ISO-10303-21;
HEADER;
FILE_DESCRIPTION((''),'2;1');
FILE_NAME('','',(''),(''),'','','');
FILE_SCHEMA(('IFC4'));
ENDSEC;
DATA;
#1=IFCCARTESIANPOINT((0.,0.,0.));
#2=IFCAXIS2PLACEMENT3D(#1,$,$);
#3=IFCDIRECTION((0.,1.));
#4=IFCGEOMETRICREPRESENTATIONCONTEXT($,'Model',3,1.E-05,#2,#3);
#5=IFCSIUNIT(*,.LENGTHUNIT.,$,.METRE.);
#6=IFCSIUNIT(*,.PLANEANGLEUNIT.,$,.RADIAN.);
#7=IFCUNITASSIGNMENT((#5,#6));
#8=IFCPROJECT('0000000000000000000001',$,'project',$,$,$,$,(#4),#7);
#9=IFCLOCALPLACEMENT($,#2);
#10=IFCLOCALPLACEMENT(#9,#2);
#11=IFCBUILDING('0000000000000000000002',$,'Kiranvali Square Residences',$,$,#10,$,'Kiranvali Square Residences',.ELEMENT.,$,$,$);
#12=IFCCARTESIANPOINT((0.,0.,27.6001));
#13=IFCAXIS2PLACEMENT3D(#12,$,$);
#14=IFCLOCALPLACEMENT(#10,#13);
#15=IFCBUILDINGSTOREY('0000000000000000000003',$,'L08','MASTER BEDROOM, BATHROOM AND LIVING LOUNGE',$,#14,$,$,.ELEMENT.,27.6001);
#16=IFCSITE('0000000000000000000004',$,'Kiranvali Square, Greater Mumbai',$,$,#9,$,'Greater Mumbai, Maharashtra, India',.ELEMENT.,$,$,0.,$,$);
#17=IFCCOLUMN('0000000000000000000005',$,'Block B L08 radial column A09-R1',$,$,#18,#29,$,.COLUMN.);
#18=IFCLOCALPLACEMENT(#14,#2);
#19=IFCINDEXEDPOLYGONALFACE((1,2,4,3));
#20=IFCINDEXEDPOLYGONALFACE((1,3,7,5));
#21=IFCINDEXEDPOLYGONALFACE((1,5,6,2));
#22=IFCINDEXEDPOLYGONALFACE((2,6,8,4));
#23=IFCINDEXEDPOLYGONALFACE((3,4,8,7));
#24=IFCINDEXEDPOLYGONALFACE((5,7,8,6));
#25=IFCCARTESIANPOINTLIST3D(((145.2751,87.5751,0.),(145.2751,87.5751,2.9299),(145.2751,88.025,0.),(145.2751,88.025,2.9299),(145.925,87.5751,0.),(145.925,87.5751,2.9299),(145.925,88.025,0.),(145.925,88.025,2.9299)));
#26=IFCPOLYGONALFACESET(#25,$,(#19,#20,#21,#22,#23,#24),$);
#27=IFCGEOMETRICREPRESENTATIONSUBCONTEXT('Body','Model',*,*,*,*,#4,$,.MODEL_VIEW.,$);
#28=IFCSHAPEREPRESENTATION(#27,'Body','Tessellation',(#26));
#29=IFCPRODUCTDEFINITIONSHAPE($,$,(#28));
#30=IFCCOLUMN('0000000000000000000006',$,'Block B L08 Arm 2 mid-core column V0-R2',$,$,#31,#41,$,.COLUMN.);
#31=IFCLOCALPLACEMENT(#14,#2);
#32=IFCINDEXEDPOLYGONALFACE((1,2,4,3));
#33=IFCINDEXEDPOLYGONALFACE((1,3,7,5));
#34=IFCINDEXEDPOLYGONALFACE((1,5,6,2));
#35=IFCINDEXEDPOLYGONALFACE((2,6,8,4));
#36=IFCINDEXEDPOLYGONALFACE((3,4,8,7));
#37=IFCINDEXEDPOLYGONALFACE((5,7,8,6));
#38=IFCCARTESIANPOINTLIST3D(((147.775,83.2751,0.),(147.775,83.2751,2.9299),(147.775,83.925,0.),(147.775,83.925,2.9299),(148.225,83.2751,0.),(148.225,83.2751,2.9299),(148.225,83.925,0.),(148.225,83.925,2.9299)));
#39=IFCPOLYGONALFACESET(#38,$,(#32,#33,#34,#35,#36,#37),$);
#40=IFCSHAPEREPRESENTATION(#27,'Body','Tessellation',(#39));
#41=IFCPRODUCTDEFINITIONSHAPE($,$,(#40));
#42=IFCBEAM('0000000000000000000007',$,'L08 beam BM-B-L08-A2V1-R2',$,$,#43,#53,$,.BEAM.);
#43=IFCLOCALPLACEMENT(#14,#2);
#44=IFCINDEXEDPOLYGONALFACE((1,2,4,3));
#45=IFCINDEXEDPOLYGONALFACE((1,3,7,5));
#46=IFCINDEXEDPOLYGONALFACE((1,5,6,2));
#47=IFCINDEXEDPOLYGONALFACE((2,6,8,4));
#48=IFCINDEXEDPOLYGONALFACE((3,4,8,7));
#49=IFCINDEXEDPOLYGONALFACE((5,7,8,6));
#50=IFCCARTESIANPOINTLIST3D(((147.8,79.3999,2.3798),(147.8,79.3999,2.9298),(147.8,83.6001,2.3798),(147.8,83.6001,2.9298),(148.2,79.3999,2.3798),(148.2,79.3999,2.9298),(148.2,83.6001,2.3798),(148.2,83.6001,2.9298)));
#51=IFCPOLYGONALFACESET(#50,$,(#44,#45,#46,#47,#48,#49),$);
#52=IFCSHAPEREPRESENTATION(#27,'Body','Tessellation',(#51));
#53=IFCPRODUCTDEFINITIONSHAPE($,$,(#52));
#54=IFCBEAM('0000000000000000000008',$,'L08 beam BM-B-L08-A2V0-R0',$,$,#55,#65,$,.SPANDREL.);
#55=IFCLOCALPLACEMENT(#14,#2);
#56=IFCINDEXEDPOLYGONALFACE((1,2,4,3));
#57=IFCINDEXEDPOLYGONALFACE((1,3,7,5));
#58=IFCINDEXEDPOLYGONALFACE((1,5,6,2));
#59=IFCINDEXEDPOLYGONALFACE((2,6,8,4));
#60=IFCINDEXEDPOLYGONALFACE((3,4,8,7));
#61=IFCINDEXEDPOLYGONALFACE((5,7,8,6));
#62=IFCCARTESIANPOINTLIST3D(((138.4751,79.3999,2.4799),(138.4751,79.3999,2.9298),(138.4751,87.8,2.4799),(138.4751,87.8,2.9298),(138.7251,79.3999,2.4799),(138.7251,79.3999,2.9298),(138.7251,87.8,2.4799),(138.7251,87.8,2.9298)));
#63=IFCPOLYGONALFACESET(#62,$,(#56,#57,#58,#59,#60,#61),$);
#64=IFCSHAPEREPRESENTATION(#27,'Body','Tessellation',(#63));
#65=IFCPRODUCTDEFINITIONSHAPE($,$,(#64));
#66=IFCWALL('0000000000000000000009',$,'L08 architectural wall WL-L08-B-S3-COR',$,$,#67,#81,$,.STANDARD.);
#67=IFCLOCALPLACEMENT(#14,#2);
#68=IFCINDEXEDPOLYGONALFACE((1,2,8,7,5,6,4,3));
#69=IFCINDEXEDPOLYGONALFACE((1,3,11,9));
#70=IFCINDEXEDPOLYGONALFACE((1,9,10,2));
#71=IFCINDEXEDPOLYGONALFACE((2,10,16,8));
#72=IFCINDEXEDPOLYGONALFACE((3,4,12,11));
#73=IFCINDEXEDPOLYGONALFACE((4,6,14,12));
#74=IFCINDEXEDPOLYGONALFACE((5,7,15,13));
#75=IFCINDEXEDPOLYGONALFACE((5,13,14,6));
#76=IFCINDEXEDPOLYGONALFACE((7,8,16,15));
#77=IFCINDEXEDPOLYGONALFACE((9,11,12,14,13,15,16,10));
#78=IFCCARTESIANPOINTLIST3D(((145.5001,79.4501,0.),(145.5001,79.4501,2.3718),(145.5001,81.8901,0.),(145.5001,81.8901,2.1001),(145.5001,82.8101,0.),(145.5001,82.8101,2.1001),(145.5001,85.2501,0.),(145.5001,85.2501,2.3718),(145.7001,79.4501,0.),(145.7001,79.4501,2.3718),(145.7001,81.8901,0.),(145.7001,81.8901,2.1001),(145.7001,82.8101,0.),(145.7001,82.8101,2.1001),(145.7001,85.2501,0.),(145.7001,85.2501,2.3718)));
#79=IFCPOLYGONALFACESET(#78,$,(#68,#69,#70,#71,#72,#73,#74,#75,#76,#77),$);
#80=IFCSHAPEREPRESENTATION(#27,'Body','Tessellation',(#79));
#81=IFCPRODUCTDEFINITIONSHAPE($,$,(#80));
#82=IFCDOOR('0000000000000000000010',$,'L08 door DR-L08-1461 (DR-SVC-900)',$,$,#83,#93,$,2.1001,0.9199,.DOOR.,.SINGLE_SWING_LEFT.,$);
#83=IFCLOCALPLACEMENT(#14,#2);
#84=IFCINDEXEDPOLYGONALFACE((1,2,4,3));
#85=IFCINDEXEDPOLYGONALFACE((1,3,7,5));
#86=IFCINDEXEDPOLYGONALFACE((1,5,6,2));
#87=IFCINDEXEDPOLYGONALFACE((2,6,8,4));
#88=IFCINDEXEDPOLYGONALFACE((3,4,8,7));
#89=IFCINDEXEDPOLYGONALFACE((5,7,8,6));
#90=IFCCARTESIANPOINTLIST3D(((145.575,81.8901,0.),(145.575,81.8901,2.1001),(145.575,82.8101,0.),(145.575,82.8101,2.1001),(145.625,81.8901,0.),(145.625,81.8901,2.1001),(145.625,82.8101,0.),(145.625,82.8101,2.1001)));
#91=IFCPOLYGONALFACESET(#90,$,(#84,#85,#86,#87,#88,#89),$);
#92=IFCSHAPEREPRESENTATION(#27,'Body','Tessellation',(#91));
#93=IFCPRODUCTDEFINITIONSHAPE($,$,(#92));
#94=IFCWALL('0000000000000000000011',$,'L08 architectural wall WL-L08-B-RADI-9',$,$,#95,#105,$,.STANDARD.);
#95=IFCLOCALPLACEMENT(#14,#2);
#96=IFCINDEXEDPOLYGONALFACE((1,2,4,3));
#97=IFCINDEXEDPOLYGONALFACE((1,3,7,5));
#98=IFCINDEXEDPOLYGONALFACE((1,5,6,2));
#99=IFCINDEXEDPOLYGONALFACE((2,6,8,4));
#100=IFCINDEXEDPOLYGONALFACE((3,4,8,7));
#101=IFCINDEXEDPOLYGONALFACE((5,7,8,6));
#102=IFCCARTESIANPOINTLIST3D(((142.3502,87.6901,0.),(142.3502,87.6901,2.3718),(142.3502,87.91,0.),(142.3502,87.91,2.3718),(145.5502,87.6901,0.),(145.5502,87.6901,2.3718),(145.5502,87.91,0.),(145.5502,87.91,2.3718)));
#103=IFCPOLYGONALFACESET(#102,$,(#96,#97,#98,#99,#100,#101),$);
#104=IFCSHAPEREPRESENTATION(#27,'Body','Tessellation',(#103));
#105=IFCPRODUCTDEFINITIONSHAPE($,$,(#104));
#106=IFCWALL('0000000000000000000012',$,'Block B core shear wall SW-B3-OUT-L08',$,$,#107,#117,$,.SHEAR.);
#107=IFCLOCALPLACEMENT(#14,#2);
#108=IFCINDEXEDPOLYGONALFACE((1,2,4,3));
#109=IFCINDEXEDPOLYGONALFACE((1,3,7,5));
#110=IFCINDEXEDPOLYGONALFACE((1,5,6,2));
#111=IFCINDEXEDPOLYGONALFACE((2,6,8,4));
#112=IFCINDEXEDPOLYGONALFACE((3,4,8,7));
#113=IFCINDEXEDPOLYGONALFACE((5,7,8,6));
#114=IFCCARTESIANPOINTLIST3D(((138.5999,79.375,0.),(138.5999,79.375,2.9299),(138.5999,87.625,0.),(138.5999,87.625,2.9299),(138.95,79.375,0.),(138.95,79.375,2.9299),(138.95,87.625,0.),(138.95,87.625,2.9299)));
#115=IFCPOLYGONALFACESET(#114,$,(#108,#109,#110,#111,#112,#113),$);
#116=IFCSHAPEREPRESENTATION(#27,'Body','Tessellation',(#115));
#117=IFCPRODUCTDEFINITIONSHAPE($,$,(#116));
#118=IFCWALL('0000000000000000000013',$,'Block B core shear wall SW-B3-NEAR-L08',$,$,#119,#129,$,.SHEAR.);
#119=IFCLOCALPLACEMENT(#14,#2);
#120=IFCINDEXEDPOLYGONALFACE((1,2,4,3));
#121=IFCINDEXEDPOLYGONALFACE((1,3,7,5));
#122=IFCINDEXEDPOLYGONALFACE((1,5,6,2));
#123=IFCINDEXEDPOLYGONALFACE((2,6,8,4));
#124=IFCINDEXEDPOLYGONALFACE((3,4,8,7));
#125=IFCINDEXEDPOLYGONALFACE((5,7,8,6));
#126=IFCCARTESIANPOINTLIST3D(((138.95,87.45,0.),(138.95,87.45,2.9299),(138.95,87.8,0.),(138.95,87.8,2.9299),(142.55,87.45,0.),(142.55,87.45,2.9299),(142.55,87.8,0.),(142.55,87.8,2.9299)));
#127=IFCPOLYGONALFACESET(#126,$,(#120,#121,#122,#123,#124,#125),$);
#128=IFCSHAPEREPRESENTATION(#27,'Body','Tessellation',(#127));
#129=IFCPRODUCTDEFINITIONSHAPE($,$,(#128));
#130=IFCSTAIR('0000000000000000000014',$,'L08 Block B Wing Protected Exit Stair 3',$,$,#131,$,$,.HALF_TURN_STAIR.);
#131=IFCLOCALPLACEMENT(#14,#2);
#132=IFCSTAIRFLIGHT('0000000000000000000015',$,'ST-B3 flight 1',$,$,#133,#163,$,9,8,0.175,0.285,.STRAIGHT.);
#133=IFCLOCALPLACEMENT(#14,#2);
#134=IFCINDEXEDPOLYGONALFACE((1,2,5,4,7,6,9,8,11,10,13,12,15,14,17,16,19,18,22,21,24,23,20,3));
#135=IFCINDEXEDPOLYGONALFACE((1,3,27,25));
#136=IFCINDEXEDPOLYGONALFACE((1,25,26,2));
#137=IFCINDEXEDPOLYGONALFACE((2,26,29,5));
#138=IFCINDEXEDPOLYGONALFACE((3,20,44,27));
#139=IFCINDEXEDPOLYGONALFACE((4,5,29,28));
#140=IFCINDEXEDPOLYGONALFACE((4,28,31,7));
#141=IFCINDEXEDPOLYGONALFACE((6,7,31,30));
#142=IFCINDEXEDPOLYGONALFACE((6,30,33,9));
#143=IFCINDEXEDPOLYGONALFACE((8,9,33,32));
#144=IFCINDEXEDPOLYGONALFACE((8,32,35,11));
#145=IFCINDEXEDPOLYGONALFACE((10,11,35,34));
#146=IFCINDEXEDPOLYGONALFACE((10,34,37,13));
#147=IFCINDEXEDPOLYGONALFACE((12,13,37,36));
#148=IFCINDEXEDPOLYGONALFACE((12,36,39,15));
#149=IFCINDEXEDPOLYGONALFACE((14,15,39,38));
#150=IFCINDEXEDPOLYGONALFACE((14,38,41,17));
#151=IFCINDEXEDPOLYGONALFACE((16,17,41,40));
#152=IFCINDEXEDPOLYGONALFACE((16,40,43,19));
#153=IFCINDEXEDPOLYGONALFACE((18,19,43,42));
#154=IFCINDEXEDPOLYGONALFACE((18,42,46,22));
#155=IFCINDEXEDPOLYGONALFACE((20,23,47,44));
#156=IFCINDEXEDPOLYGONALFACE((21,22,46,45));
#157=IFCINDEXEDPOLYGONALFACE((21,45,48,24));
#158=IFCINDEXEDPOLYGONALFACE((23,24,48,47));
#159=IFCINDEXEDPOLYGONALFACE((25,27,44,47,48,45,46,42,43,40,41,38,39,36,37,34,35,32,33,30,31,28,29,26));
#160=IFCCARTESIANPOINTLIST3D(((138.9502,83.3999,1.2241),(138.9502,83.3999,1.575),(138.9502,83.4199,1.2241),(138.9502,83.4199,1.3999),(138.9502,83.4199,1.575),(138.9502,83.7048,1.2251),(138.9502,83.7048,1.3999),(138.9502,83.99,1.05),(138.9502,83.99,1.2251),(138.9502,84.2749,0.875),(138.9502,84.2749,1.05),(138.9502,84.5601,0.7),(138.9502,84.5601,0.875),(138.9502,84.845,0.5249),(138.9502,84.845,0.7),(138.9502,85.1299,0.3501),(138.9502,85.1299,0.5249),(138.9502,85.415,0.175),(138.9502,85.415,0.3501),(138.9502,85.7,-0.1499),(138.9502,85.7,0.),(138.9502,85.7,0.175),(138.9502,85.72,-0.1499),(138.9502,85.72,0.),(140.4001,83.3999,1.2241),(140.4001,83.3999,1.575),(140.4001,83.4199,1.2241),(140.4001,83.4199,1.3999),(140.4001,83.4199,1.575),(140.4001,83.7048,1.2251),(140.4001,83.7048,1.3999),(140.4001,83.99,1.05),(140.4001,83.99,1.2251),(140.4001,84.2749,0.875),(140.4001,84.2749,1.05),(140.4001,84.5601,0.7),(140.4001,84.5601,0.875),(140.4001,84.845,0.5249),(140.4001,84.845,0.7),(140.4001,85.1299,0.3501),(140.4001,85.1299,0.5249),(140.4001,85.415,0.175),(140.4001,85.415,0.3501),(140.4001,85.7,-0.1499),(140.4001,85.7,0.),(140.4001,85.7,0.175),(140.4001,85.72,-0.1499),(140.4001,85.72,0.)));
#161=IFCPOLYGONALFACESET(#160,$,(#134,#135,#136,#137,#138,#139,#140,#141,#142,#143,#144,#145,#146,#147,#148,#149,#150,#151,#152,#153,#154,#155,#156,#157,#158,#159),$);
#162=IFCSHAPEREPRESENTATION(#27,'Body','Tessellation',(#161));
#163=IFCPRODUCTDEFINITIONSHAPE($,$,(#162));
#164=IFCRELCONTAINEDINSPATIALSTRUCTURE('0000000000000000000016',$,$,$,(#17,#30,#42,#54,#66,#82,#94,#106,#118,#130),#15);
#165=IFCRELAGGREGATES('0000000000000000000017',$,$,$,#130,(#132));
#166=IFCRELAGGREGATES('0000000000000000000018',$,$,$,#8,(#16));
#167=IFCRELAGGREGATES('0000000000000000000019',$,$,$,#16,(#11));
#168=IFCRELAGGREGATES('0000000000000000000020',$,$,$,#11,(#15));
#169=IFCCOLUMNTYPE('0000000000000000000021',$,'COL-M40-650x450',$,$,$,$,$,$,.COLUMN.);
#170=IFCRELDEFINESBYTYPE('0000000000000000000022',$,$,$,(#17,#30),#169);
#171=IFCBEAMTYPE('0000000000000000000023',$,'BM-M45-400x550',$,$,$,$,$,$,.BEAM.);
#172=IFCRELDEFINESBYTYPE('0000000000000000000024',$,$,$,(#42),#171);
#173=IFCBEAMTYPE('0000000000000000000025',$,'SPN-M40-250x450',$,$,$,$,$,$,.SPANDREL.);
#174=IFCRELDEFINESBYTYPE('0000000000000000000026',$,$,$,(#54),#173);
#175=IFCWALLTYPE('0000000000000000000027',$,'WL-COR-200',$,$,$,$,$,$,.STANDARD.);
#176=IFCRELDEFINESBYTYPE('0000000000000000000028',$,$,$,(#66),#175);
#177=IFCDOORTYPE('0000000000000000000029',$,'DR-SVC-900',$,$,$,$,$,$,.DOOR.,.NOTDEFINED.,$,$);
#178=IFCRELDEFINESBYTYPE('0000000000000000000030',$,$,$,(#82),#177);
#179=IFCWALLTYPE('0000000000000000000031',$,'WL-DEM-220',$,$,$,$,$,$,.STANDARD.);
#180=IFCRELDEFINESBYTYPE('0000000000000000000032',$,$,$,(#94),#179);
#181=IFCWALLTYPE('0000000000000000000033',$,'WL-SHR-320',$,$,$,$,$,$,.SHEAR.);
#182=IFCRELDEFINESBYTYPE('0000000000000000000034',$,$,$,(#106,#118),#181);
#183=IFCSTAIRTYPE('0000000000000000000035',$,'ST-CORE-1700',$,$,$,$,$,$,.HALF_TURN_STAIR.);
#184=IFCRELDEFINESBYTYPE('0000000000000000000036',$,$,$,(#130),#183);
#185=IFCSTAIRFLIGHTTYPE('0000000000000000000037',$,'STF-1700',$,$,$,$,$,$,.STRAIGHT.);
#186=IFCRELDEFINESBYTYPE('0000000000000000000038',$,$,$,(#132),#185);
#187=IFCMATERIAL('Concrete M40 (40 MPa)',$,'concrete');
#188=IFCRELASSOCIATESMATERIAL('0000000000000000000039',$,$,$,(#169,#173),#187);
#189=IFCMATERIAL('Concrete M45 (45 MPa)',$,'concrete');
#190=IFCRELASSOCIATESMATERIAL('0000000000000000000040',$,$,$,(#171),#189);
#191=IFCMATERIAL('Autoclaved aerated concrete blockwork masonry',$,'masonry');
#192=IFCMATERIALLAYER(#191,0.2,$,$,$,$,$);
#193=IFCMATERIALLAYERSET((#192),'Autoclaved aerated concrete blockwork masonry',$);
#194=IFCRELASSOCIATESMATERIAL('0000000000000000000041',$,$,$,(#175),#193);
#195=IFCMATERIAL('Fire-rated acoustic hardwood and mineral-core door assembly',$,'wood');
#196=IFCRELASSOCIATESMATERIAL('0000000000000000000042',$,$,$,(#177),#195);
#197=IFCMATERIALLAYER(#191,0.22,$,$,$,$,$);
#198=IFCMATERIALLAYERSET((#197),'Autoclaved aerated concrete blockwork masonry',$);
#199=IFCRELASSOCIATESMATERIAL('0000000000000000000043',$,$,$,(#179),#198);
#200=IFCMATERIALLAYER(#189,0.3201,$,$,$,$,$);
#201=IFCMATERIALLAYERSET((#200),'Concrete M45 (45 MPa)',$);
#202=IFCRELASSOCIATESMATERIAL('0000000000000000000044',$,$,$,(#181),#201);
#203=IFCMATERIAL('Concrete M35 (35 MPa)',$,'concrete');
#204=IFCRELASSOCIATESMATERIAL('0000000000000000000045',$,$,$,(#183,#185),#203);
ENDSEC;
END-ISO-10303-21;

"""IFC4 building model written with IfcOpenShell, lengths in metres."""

from ifc_helpers import new_model, si_unit, direction, frame, frame_2d, origin, origin_2d, place, context, subcontext, project, spatial, polyline, rectangle, outline, extrude, material, layer, layer_set, material_profile, profile_set, type_object, element, fill, aggregate, save


model = new_model("IFC4")

# Units and contexts
model_context = context("Model", 3, precision=1e-05, world=origin(), true_north=direction((0.0, 1.0)))
body_context = subcontext(model_context, "Body", "Model", "MODEL_VIEW")
ifc_project = project(units=[si_unit("LENGTHUNIT", "METRE"), si_unit("PLANEANGLEUNIT", "RADIAN")], contexts=[model_context])

# Site, building, storey
site_placement = place(None, origin())
site = spatial("IfcSite", under=ifc_project, at=site_placement, Name="Kiranvali Square, Greater Mumbai", LongName="Greater Mumbai, Maharashtra, India", CompositionType="ELEMENT", RefElevation=0.0)
building_placement = place(site_placement, origin())
building = spatial("IfcBuilding", under=site, at=building_placement, Name="Kiranvali Square Residences", LongName="Kiranvali Square Residences", CompositionType="ELEMENT")
storey_placement = place(building_placement, frame((0.0, 0.0, 27.6001)))
storey = spatial("IfcBuildingStorey", under=building, at=storey_placement, Name="L08", Description="MASTER BEDROOM, BATHROOM AND LIVING LOUNGE", CompositionType="ELEMENT", Elevation=27.6001)

# Columns
ifc_material_1 = material(Name="Concrete M40 (40 MPa)", Category="concrete")
ifc_material_profile_1 = material_profile(ifc_material_1, rectangle(XDim=0.45, YDim=0.6499, at=origin_2d()), Name="RC 650x450")
ifc_profile_set_1 = profile_set([ifc_material_profile_1], Name="Concrete M40 (40 MPa)")
column_type = type_object("IfcColumnType", Name="COL-M40-650x450", PredefinedType="COLUMN", material=ifc_profile_set_1)
for number, where, z_axis, x_axis, name in (
    (1, (145.6001, 87.8, 0.0), (0.0, 0.0, 1.0), (0.0, 1.0, 0.0), "Block B L08 radial column A09-R1"),
    (2, (148.0, 83.6001, 0.0), (0.0, 0.0, 1.0), (1.0, 0.0, 0.0), "Block B L08 Arm 2 mid-core column V0-R2"),
):
    element("IfcColumn", number, at=place(storey_placement, frame(where, z_axis=z_axis, x_axis=x_axis)), inside=storey, type_object=column_type, Name=name, PredefinedType="COLUMN", context=body_context, shape_type="SweptSolid", body=[
        extrude(rectangle(XDim=0.45, YDim=0.6499, at=origin_2d()), origin(), (0.0, 0.0, 1.0), 2.9299),
    ])

# Beams
ifc_material_2 = material(Name="Concrete M45 (45 MPa)", Category="concrete")
ifc_material_profile_2 = material_profile(ifc_material_2, rectangle(XDim=0.3999, YDim=0.55, at=origin_2d()), Name="RC 400x550")
ifc_profile_set_2 = profile_set([ifc_material_profile_2], Name="Concrete M45 (45 MPa)")
beam_type_1 = type_object("IfcBeamType", Name="BM-M45-400x550", PredefinedType="BEAM", material=ifc_profile_set_2)
beam_1_placement = place(storey_placement, frame((148.0, 83.6001, 2.6548), z_axis=(0.0, -1.0, 0.0), x_axis=(1.0, 0.0, 0.0)))
element("IfcBeam", 3, at=beam_1_placement, inside=storey, type_object=beam_type_1, Name="L08 beam BM-B-L08-A2V1-R2", PredefinedType="BEAM", context=body_context, shape_type="SweptSolid", body=[
    extrude(rectangle(XDim=0.3999, YDim=0.55, at=origin_2d()), origin(), (0.0, 0.0, 1.0), 4.2002),
])
ifc_material_profile_3 = material_profile(ifc_material_1, rectangle(XDim=0.25, YDim=0.45, at=origin_2d()), Name="RC 250x450")
ifc_profile_set_3 = profile_set([ifc_material_profile_3], Name="Concrete M40 (40 MPa)")
beam_type_2 = type_object("IfcBeamType", Name="SPN-M40-250x450", PredefinedType="SPANDREL", material=ifc_profile_set_3)
beam_2_placement = place(storey_placement, frame((138.6001, 87.8, 2.7048), z_axis=(0.0, -1.0, 0.0), x_axis=(1.0, 0.0, 0.0)))
element("IfcBeam", 4, at=beam_2_placement, inside=storey, type_object=beam_type_2, Name="L08 beam BM-B-L08-A2V0-R0", PredefinedType="SPANDREL", context=body_context, shape_type="SweptSolid", body=[
    extrude(rectangle(XDim=0.25, YDim=0.45, at=origin_2d()), origin(), (0.0, 0.0, 1.0), 8.4001),
])

# Wall, opening, door
ifc_material_3 = material(Name="Autoclaved aerated concrete blockwork masonry", Category="masonry")
ifc_layer_1 = layer(ifc_material_3, 0.2)
ifc_layer_set_1 = layer_set([ifc_layer_1], Name="Autoclaved aerated concrete blockwork masonry")
wall_type_1 = type_object("IfcWallType", Name="WL-COR-200", PredefinedType="STANDARD", material=ifc_layer_set_1)
ifc_material_4 = material(Name="Fire-rated acoustic hardwood and mineral-core door assembly", Category="wood")
wall_1_placement = place(storey_placement, frame((145.6001, 85.25, 0.0), z_axis=(0.0, 0.0, 1.0), x_axis=(0.0, -1.0, 0.0)))
wall_1 = element("IfcWall", 5, at=wall_1_placement, inside=storey, type_object=wall_type_1, Name="L08 architectural wall WL-L08-B-S3-COR", PredefinedType="STANDARD", context=body_context, shape_type="SweptSolid", body=[
    extrude(rectangle(XDim=5.8, YDim=0.2, at=frame_2d((2.8999, 0.0))), origin(), (0.0, 0.0, 1.0), 2.3718),
])
opening_1_placement = place(wall_1_placement, frame((2.4399, 0.0, 0.0)))
opening_1 = element("IfcOpeningElement", 6, at=opening_1_placement, cuts=wall_1, PredefinedType="OPENING", context=body_context, shape_type="SweptSolid", body=[
    extrude(rectangle(XDim=0.9199, YDim=2.1001, at=frame_2d((0.46, 1.05))), frame((0.0, 0.1099, 0.0), z_axis=(0.0, -1.0, 0.0), x_axis=(1.0, 0.0, 0.0)), (0.0, 0.0, 1.0), 0.22),
])
door_type_1 = type_object("IfcDoorType", Name="DR-SVC-900", OperationType="NOTDEFINED", PredefinedType="DOOR", material=ifc_material_4)
door_1_placement = place(opening_1_placement, origin())
door_1 = element("IfcDoor", 7, at=door_1_placement, inside=storey, type_object=door_type_1, Name="L08 door DR-L08-1461 (DR-SVC-900)", OperationType="SINGLE_SWING_LEFT", OverallHeight=2.1001, OverallWidth=0.9199, PredefinedType="DOOR", context=body_context, shape_type="SweptSolid", body=[
    extrude(rectangle(XDim=0.9199, YDim=2.1001, at=frame_2d((0.46, 1.05))), frame((0.0, 0.0249, 0.0), z_axis=(0.0, -1.0, 0.0), x_axis=(1.0, 0.0, 0.0)), (0.0, 0.0, 1.0), 0.05),
])
fill(opening_1, door_1)

# Walls
ifc_layer_2 = layer(ifc_material_3, 0.22)
ifc_layer_set_2 = layer_set([ifc_layer_2], Name="Autoclaved aerated concrete blockwork masonry")
wall_type_2 = type_object("IfcWallType", Name="WL-DEM-220", PredefinedType="STANDARD", material=ifc_layer_set_2)
wall_2_placement = place(storey_placement, frame((142.3501, 87.8, 0.0), z_axis=(0.0, 0.0, 1.0), x_axis=(1.0, 0.0, 0.0)))
element("IfcWall", 8, at=wall_2_placement, inside=storey, type_object=wall_type_2, Name="L08 architectural wall WL-L08-B-RADI-9", PredefinedType="STANDARD", context=body_context, shape_type="SweptSolid", body=[
    extrude(rectangle(XDim=3.2, YDim=0.22, at=frame_2d((1.6001, 0.0))), origin(), (0.0, 0.0, 1.0), 2.3718),
])
ifc_layer_3 = layer(ifc_material_2, 0.3201)
ifc_layer_set_3 = layer_set([ifc_layer_3], Name="Concrete M45 (45 MPa)")
wall_type_3 = type_object("IfcWallType", Name="WL-SHR-320", PredefinedType="SHEAR", material=ifc_layer_set_3)
wall_3_placement = place(storey_placement, frame((138.7749, 87.625, 0.0), z_axis=(0.0, 0.0, 1.0), x_axis=(0.0, -1.0, 0.0)))
element("IfcWall", 9, at=wall_3_placement, inside=storey, type_object=wall_type_3, Name="Block B core shear wall SW-B3-OUT-L08", PredefinedType="SHEAR", context=body_context, shape_type="SweptSolid", body=[
    extrude(rectangle(XDim=8.25, YDim=0.3501, at=frame_2d((4.125, 0.0))), origin(), (0.0, 0.0, 1.0), 2.9299),
])

# Wall
wall_4_placement = place(storey_placement, frame((138.95, 87.625, 0.0), z_axis=(0.0, 0.0, 1.0), x_axis=(1.0, 0.0, 0.0)))
element("IfcWall", 10, at=wall_4_placement, inside=storey, type_object=wall_type_3, Name="Block B core shear wall SW-B3-NEAR-L08", PredefinedType="SHEAR", context=body_context, shape_type="SweptSolid", body=[
    extrude(rectangle(XDim=3.6001, YDim=0.3501, at=frame_2d((1.8, 0.0))), origin(), (0.0, 0.0, 1.0), 2.9299),
])

# Stair, stair flight
ifc_material_5 = material(Name="Concrete M35 (35 MPa)", Category="concrete")
stair_type = type_object("IfcStairType", Name="ST-CORE-1700", PredefinedType="HALF_TURN_STAIR", material=ifc_material_5)
stair_placement = place(storey_placement, origin())
stair = element("IfcStair", 11, at=stair_placement, inside=storey, type_object=stair_type, Name="L08 Block B Wing Protected Exit Stair 3", PredefinedType="HALF_TURN_STAIR")
stair_flight_type = type_object("IfcStairFlightType", Name="STF-1700", PredefinedType="STRAIGHT", material=ifc_material_5)
stair_flight_1_placement = place(storey_placement, frame((139.675, 85.7, 0.0), z_axis=(0.0, 0.0, 1.0), x_axis=(0.0, -1.0, 0.0)))
stair_flight_1 = element("IfcStairFlight", 12, at=stair_flight_1_placement, type_object=stair_flight_type, Name="ST-B3 flight 1", NumberOfRisers=9, NumberOfTreads=8, PredefinedType="STRAIGHT", RiserHeight=0.175, TreadLength=0.285, context=body_context, shape_type="SweptSolid", body=[
    extrude(outline(polyline([(-0.02, -0.1499), (-0.02, 0.0), (0.0, 0.0), (0.0, 0.175), (0.2849, 0.175), (0.2849, 0.3501), (0.5701, 0.3501), (0.5701, 0.5249), (0.855, 0.5249), (0.855, 0.7), (1.1399, 0.7), (1.1399, 0.875), (1.425, 0.875), (1.425, 1.05), (1.71, 1.05), (1.71, 1.2251), (1.9951, 1.2251), (1.9951, 1.3999), (2.28, 1.3999), (2.28, 1.575), (2.3, 1.575), (2.3, 1.2241), (2.28, 1.2241), (0.0, -0.1499), (-0.02, -0.1499)])), frame((0.0, 0.7251, 0.0), z_axis=(0.0, -1.0, 0.0), x_axis=(1.0, 0.0, 0.0)), (0.0, 0.0, 1.0), 1.45),
])
aggregate(stair, [stair_flight_1])

save(model, "model.ifc")
